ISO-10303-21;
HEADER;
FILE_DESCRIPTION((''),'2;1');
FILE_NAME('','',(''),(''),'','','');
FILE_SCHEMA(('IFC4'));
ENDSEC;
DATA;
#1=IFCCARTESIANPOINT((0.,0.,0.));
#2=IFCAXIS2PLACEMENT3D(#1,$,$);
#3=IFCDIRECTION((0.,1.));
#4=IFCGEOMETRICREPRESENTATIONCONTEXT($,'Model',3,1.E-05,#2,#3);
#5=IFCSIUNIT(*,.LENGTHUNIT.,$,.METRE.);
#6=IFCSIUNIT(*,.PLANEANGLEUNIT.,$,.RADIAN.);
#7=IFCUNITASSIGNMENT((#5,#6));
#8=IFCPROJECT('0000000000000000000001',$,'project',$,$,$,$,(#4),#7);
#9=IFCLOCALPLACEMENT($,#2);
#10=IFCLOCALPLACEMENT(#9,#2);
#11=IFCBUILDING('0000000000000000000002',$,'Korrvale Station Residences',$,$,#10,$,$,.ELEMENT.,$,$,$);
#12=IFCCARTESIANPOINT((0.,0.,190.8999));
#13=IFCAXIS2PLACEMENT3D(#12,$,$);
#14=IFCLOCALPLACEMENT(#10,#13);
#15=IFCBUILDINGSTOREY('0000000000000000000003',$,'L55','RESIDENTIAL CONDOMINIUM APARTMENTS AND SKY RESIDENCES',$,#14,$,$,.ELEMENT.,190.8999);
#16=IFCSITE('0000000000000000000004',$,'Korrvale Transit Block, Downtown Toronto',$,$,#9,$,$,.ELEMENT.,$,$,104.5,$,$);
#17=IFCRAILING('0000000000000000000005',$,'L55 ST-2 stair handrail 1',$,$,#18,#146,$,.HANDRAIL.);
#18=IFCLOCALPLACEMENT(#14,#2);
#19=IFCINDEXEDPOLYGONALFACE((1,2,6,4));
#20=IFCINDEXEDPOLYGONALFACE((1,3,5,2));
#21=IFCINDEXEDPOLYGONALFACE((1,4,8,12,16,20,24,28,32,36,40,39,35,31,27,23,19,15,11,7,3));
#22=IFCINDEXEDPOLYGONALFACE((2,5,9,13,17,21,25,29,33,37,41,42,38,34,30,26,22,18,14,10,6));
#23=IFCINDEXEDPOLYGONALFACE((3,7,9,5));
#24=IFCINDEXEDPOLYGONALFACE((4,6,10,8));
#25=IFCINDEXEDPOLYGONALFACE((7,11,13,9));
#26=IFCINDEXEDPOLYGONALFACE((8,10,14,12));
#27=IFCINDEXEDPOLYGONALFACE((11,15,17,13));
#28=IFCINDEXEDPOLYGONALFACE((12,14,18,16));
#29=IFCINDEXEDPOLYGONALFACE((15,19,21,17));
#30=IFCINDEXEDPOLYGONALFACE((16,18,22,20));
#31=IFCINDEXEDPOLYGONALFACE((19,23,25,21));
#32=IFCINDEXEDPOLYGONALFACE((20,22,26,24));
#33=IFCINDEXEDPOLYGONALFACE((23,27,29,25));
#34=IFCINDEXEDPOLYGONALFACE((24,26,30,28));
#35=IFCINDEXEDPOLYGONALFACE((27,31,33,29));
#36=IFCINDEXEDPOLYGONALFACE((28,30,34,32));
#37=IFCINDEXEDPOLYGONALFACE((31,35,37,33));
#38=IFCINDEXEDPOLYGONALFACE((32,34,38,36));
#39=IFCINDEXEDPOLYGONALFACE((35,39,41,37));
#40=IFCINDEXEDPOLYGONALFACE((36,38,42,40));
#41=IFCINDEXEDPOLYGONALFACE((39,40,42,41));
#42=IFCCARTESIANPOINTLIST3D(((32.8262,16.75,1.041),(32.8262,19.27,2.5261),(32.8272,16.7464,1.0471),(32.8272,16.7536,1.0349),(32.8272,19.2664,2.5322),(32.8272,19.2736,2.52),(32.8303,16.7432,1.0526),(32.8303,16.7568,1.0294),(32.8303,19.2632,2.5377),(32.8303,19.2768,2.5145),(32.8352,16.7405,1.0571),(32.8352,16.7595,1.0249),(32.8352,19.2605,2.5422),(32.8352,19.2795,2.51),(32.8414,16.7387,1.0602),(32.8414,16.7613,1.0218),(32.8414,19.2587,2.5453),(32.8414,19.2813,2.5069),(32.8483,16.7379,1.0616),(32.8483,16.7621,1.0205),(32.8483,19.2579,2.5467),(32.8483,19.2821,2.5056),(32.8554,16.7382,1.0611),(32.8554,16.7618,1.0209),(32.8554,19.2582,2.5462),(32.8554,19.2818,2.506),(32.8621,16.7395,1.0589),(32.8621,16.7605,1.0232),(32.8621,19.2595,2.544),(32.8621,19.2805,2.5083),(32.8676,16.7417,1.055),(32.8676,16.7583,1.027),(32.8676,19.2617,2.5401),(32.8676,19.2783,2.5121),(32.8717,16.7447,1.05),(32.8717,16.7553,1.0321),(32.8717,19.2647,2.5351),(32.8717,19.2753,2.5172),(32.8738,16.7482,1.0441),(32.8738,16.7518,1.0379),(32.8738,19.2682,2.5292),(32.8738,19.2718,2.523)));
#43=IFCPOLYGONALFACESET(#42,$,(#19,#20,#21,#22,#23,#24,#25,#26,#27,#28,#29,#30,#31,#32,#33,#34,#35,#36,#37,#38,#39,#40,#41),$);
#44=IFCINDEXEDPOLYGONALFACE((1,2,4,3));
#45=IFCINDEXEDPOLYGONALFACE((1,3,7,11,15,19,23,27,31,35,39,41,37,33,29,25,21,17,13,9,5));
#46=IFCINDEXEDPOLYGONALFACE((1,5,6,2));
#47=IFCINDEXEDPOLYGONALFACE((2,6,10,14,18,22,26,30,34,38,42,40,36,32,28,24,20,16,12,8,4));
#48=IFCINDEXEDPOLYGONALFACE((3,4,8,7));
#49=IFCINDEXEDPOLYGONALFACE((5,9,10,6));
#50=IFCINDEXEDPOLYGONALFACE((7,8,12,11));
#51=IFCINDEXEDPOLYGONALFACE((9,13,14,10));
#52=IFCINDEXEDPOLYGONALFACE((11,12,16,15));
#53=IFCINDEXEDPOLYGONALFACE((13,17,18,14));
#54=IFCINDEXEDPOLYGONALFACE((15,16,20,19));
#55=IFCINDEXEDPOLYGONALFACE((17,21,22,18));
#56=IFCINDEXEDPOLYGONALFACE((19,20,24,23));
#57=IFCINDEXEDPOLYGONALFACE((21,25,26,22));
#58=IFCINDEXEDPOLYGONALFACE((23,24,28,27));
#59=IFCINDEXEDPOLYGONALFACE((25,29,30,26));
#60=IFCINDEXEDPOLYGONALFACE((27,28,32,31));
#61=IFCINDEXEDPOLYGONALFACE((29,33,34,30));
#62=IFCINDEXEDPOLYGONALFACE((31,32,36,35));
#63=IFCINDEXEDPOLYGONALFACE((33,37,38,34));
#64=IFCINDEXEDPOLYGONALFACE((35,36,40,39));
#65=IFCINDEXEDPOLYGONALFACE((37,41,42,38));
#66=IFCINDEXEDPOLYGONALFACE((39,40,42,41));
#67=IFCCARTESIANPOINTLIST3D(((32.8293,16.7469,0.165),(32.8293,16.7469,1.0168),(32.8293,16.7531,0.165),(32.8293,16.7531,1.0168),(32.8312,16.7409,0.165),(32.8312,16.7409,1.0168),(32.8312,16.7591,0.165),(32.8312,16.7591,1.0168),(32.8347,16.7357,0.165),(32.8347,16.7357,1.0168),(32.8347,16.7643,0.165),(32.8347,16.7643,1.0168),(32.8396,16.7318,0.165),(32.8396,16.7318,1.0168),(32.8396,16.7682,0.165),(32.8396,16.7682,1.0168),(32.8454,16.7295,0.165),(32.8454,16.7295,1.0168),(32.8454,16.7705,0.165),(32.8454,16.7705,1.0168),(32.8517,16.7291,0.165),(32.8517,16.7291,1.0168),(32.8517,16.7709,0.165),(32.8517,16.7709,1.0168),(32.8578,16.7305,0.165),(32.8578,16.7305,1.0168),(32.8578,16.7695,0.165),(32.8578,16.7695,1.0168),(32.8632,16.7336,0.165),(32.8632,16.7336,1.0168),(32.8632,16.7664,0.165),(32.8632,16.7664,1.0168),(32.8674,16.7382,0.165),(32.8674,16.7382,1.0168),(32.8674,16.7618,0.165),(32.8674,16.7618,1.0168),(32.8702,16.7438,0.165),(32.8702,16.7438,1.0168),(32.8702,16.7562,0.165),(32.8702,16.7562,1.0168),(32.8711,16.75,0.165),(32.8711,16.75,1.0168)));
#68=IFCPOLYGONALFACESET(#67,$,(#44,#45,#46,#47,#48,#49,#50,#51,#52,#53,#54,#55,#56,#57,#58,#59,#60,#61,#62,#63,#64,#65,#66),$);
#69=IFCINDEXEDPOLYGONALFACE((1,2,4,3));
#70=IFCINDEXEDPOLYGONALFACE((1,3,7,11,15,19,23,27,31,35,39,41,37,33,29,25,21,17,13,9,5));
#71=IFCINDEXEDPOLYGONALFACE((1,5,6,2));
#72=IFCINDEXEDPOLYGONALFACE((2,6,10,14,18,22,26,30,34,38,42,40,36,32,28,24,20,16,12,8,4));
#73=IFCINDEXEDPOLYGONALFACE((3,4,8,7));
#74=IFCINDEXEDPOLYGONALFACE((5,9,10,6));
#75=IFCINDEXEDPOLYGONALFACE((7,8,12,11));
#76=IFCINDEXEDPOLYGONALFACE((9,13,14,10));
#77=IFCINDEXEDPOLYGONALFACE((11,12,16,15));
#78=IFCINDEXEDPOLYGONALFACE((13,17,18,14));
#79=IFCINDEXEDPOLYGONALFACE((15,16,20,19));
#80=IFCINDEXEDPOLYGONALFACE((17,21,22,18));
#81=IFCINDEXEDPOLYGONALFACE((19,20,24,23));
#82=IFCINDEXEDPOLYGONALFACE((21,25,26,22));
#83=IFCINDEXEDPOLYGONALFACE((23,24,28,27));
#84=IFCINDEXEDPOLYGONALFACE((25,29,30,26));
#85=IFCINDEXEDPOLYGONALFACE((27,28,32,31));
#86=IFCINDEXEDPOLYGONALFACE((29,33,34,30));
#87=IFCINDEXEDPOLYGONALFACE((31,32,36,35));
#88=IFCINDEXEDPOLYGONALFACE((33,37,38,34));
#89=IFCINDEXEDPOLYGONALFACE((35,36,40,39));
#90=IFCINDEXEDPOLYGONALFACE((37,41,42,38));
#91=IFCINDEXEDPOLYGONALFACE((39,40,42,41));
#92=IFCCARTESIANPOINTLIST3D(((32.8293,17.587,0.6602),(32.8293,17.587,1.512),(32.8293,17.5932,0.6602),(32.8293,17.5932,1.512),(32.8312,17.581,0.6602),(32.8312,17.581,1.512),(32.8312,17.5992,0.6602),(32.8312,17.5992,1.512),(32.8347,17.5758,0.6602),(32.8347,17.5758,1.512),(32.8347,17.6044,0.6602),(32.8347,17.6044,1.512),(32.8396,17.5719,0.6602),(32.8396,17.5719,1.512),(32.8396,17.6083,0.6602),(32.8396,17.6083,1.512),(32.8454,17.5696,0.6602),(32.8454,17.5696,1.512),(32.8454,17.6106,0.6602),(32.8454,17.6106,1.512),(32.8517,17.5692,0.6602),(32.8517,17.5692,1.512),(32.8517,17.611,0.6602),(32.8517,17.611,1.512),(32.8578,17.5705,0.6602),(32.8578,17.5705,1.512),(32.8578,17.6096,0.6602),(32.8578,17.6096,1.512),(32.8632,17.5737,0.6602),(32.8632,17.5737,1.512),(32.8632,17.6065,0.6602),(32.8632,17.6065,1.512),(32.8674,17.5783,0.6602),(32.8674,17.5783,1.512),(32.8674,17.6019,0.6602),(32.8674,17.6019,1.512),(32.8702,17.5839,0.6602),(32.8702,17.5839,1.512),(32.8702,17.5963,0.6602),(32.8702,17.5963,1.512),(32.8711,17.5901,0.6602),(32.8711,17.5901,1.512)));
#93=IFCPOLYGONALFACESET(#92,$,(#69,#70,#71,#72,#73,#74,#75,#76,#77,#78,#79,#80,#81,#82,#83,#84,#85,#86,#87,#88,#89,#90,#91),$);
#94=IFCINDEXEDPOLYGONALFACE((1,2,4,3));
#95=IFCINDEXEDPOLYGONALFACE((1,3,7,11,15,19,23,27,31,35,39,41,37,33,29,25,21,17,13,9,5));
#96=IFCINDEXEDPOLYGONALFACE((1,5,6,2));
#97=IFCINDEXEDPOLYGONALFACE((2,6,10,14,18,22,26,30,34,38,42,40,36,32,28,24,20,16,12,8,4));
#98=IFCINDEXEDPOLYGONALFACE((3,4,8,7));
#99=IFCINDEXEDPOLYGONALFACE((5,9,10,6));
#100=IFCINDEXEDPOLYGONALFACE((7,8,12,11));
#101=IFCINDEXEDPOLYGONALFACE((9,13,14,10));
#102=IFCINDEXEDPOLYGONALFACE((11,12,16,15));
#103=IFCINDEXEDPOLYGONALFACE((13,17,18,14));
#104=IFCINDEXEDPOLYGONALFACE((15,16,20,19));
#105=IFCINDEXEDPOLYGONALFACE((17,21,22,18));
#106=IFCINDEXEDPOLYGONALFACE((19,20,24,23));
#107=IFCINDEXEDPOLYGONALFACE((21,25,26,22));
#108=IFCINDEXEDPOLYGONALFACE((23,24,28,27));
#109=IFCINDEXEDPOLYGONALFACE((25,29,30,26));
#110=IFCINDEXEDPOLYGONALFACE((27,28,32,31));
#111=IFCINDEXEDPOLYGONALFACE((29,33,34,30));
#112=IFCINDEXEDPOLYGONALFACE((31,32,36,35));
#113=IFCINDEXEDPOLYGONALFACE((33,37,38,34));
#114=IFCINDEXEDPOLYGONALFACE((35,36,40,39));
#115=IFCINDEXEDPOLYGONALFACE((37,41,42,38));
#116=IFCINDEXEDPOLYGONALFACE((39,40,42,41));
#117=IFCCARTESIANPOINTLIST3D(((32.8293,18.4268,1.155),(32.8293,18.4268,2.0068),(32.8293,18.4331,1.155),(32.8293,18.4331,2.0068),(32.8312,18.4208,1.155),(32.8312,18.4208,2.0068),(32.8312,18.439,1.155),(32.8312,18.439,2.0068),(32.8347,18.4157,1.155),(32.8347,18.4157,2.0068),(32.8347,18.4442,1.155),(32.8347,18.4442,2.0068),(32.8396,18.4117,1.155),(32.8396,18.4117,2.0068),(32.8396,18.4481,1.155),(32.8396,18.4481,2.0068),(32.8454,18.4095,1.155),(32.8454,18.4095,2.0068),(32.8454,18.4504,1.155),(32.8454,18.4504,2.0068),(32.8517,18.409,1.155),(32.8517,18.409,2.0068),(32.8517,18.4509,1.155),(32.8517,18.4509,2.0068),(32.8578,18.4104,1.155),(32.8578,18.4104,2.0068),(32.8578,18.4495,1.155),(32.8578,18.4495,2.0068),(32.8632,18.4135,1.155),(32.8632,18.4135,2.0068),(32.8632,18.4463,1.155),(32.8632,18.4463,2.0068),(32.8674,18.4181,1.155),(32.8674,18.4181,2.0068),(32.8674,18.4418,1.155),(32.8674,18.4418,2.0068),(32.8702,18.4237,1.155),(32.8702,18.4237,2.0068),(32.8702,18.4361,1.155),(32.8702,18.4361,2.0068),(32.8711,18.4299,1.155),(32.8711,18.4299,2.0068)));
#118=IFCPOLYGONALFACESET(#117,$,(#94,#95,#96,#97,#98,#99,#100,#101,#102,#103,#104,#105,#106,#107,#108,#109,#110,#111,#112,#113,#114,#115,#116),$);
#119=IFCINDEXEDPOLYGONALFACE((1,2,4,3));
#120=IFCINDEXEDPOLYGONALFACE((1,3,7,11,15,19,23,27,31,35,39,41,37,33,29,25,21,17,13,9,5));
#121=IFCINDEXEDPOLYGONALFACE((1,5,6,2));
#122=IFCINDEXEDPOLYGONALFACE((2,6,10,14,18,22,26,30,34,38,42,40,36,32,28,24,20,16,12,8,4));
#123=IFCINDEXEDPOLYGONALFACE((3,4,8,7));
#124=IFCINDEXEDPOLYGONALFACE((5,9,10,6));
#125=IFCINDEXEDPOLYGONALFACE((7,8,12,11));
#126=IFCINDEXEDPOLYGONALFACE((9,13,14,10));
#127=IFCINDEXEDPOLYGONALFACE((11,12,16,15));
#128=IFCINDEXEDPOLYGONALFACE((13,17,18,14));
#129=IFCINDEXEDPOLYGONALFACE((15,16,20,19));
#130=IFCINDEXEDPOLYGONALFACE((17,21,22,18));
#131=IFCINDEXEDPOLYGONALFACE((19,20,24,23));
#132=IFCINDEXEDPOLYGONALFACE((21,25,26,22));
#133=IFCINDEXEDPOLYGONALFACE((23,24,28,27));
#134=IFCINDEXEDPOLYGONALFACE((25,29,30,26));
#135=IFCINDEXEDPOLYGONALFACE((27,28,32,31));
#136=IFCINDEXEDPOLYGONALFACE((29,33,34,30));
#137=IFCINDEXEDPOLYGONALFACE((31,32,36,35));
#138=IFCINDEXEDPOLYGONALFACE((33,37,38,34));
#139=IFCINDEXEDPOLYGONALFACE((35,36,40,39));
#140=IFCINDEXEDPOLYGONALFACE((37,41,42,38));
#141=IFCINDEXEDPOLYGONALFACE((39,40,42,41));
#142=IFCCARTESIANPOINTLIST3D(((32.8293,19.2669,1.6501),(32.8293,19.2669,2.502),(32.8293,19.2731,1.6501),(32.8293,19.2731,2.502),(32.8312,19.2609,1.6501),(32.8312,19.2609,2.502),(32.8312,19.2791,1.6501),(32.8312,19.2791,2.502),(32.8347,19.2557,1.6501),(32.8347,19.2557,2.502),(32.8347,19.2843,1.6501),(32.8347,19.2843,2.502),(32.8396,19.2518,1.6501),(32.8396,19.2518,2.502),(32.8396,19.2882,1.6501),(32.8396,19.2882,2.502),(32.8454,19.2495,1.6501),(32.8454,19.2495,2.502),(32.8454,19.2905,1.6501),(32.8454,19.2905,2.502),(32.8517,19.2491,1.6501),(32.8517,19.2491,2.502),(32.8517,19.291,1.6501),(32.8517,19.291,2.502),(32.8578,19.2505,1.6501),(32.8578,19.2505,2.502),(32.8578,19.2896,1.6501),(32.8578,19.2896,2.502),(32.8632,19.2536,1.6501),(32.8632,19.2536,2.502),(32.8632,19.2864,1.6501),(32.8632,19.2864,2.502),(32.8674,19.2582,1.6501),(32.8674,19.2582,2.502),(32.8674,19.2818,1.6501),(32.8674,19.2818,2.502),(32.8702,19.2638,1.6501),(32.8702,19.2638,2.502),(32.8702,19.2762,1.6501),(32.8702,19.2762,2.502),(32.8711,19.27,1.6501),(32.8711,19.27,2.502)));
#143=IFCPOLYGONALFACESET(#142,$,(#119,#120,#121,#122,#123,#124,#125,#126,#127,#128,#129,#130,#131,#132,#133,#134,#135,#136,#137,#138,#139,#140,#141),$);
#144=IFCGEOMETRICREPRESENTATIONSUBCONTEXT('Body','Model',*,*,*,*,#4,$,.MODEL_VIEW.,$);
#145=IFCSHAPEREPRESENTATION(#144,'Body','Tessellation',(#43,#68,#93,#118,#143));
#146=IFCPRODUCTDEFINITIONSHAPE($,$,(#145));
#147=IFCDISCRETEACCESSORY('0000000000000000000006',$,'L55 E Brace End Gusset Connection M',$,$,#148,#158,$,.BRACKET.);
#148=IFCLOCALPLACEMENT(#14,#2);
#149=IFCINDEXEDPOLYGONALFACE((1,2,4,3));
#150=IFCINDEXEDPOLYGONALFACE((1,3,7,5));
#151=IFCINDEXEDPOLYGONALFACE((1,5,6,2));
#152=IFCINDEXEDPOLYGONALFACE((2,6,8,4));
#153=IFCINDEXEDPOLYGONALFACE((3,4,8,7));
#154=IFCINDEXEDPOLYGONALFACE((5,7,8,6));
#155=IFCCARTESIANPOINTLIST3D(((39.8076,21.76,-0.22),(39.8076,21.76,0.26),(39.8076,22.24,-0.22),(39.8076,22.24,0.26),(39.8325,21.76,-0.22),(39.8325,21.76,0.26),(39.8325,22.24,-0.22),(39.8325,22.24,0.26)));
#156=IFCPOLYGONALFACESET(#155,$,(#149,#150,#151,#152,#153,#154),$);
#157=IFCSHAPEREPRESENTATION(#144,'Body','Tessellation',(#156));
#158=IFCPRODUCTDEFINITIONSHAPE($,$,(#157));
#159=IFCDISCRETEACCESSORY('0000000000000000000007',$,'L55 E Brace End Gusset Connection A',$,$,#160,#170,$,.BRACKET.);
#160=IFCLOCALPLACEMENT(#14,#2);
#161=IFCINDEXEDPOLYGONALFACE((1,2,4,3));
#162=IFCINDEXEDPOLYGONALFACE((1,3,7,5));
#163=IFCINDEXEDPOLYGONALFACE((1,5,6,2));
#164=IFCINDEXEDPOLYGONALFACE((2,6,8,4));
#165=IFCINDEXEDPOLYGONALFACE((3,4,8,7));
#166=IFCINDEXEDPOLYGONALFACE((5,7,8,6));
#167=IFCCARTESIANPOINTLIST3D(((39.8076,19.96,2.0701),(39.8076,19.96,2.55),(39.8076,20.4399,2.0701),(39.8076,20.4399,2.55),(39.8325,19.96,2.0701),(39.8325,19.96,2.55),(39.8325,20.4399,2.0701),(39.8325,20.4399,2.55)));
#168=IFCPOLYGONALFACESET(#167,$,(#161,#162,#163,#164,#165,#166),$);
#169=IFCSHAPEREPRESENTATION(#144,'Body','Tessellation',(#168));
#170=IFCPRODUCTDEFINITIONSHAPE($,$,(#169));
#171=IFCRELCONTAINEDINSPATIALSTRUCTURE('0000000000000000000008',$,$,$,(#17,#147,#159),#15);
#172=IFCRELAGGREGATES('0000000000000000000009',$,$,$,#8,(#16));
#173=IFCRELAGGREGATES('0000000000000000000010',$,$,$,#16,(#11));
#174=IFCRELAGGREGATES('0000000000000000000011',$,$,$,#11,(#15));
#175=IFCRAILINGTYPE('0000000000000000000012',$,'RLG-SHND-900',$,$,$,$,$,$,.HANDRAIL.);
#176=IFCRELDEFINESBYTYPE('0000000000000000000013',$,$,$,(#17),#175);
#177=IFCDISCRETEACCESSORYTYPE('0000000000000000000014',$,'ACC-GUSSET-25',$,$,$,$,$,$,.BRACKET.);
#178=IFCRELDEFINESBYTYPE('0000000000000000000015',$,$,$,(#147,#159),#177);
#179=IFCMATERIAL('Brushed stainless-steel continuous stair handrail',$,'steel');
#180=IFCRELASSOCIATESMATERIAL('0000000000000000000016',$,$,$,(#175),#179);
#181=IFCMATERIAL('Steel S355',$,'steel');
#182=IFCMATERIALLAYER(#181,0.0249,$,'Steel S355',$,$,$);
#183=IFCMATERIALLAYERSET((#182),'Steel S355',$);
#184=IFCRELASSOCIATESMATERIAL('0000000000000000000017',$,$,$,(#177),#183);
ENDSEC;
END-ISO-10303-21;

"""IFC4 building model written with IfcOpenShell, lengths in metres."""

from ifc_helpers import new_model, si_unit, direction, frame, origin, origin_2d, place, context, subcontext, project, spatial, rectangle, circle, extrude, material, layer, layer_set, type_object, element, save


model = new_model("IFC4")

# Units and contexts
model_context = context("Model", 3, precision=1e-05, world=origin(), true_north=direction((0.0, 1.0)))
body_context = subcontext(model_context, "Body", "Model", "MODEL_VIEW")
ifc_project = project(units=[si_unit("LENGTHUNIT", "METRE"), si_unit("PLANEANGLEUNIT", "RADIAN")], contexts=[model_context])

# Site, building, storey
site_placement = place(None, origin())
site = spatial("IfcSite", under=ifc_project, at=site_placement, Name="Korrvale Transit Block, Downtown Toronto", CompositionType="ELEMENT", RefElevation=104.5)
building_placement = place(site_placement, origin())
building = spatial("IfcBuilding", under=site, at=building_placement, Name="Korrvale Station Residences", CompositionType="ELEMENT")
storey_placement = place(building_placement, frame((0.0, 0.0, 190.8999)))
storey = spatial("IfcBuildingStorey", under=building, at=storey_placement, Name="L55", Description="RESIDENTIAL CONDOMINIUM APARTMENTS AND SKY RESIDENCES", CompositionType="ELEMENT", Elevation=190.8999)

# Shared definitions
ifc_material_1 = material(Name="Steel S355", Category="steel")

# Railing
ifc_material_2 = material(Name="Brushed stainless-steel continuous stair handrail", Category="steel")
railing_type = type_object("IfcRailingType", Name="RLG-SHND-900", PredefinedType="HANDRAIL", material=ifc_material_2)
railing_placement = place(storey_placement, frame((32.8501, 16.75, 0.165)))
element("IfcRailing", 1, at=railing_placement, inside=storey, type_object=railing_type, Name="L55 ST-2 stair handrail 1", PredefinedType="HANDRAIL", context=body_context, shape_type="SweptSolid", body=[
    extrude(circle(Radius=0.0239, at=origin_2d()), frame((0.0, 0.0, 0.876), z_axis=(0.0, 0.861524, 0.507717), x_axis=(-1.0, 0.0, 0.0)), (0.0, 0.0, 1.0), 2.925),
    extrude(circle(Radius=0.021, at=origin_2d()), origin(), (0.0, 0.0, 1.0), 0.8518),
    extrude(circle(Radius=0.021, at=origin_2d()), frame((0.0, 0.8401, 0.4951)), (0.0, 0.0, 1.0), 0.8518),
    extrude(circle(Radius=0.021, at=origin_2d()), frame((0.0, 1.6799, 0.99)), (0.0, 0.0, 1.0), 0.8518),
    extrude(circle(Radius=0.021, at=origin_2d()), frame((0.0, 2.52, 1.4851)), (0.0, 0.0, 1.0), 0.8518),
])

# Discrete accessories
ifc_layer_1 = layer(ifc_material_1, 0.0249, Name="Steel S355")
ifc_layer_set_1 = layer_set([ifc_layer_1], Name="Steel S355")
discrete_accessory_type = type_object("IfcDiscreteAccessoryType", Name="ACC-GUSSET-25", PredefinedType="BRACKET", material=ifc_layer_set_1)
for number, where, z_axis, x_axis, name in (
    (2, (39.8201, 22.0, -0.22), (0.0, 0.0, 1.0), (0.0, 1.0, 0.0), "L55 E Brace End Gusset Connection M"),
    (3, (39.8201, 20.2, 2.0701), (0.0, 0.0, 1.0), (0.0, 1.0, 0.0), "L55 E Brace End Gusset Connection A"),
):
    element("IfcDiscreteAccessory", number, at=place(storey_placement, frame(where, z_axis=z_axis, x_axis=x_axis)), inside=storey, type_object=discrete_accessory_type, Name=name, PredefinedType="BRACKET", context=body_context, shape_type="SweptSolid", body=[
        extrude(rectangle(XDim=0.48, YDim=0.0249, at=origin_2d()), origin(), (0.0, 0.0, 1.0), 0.48),
    ])

save(model, "model.ifc")
